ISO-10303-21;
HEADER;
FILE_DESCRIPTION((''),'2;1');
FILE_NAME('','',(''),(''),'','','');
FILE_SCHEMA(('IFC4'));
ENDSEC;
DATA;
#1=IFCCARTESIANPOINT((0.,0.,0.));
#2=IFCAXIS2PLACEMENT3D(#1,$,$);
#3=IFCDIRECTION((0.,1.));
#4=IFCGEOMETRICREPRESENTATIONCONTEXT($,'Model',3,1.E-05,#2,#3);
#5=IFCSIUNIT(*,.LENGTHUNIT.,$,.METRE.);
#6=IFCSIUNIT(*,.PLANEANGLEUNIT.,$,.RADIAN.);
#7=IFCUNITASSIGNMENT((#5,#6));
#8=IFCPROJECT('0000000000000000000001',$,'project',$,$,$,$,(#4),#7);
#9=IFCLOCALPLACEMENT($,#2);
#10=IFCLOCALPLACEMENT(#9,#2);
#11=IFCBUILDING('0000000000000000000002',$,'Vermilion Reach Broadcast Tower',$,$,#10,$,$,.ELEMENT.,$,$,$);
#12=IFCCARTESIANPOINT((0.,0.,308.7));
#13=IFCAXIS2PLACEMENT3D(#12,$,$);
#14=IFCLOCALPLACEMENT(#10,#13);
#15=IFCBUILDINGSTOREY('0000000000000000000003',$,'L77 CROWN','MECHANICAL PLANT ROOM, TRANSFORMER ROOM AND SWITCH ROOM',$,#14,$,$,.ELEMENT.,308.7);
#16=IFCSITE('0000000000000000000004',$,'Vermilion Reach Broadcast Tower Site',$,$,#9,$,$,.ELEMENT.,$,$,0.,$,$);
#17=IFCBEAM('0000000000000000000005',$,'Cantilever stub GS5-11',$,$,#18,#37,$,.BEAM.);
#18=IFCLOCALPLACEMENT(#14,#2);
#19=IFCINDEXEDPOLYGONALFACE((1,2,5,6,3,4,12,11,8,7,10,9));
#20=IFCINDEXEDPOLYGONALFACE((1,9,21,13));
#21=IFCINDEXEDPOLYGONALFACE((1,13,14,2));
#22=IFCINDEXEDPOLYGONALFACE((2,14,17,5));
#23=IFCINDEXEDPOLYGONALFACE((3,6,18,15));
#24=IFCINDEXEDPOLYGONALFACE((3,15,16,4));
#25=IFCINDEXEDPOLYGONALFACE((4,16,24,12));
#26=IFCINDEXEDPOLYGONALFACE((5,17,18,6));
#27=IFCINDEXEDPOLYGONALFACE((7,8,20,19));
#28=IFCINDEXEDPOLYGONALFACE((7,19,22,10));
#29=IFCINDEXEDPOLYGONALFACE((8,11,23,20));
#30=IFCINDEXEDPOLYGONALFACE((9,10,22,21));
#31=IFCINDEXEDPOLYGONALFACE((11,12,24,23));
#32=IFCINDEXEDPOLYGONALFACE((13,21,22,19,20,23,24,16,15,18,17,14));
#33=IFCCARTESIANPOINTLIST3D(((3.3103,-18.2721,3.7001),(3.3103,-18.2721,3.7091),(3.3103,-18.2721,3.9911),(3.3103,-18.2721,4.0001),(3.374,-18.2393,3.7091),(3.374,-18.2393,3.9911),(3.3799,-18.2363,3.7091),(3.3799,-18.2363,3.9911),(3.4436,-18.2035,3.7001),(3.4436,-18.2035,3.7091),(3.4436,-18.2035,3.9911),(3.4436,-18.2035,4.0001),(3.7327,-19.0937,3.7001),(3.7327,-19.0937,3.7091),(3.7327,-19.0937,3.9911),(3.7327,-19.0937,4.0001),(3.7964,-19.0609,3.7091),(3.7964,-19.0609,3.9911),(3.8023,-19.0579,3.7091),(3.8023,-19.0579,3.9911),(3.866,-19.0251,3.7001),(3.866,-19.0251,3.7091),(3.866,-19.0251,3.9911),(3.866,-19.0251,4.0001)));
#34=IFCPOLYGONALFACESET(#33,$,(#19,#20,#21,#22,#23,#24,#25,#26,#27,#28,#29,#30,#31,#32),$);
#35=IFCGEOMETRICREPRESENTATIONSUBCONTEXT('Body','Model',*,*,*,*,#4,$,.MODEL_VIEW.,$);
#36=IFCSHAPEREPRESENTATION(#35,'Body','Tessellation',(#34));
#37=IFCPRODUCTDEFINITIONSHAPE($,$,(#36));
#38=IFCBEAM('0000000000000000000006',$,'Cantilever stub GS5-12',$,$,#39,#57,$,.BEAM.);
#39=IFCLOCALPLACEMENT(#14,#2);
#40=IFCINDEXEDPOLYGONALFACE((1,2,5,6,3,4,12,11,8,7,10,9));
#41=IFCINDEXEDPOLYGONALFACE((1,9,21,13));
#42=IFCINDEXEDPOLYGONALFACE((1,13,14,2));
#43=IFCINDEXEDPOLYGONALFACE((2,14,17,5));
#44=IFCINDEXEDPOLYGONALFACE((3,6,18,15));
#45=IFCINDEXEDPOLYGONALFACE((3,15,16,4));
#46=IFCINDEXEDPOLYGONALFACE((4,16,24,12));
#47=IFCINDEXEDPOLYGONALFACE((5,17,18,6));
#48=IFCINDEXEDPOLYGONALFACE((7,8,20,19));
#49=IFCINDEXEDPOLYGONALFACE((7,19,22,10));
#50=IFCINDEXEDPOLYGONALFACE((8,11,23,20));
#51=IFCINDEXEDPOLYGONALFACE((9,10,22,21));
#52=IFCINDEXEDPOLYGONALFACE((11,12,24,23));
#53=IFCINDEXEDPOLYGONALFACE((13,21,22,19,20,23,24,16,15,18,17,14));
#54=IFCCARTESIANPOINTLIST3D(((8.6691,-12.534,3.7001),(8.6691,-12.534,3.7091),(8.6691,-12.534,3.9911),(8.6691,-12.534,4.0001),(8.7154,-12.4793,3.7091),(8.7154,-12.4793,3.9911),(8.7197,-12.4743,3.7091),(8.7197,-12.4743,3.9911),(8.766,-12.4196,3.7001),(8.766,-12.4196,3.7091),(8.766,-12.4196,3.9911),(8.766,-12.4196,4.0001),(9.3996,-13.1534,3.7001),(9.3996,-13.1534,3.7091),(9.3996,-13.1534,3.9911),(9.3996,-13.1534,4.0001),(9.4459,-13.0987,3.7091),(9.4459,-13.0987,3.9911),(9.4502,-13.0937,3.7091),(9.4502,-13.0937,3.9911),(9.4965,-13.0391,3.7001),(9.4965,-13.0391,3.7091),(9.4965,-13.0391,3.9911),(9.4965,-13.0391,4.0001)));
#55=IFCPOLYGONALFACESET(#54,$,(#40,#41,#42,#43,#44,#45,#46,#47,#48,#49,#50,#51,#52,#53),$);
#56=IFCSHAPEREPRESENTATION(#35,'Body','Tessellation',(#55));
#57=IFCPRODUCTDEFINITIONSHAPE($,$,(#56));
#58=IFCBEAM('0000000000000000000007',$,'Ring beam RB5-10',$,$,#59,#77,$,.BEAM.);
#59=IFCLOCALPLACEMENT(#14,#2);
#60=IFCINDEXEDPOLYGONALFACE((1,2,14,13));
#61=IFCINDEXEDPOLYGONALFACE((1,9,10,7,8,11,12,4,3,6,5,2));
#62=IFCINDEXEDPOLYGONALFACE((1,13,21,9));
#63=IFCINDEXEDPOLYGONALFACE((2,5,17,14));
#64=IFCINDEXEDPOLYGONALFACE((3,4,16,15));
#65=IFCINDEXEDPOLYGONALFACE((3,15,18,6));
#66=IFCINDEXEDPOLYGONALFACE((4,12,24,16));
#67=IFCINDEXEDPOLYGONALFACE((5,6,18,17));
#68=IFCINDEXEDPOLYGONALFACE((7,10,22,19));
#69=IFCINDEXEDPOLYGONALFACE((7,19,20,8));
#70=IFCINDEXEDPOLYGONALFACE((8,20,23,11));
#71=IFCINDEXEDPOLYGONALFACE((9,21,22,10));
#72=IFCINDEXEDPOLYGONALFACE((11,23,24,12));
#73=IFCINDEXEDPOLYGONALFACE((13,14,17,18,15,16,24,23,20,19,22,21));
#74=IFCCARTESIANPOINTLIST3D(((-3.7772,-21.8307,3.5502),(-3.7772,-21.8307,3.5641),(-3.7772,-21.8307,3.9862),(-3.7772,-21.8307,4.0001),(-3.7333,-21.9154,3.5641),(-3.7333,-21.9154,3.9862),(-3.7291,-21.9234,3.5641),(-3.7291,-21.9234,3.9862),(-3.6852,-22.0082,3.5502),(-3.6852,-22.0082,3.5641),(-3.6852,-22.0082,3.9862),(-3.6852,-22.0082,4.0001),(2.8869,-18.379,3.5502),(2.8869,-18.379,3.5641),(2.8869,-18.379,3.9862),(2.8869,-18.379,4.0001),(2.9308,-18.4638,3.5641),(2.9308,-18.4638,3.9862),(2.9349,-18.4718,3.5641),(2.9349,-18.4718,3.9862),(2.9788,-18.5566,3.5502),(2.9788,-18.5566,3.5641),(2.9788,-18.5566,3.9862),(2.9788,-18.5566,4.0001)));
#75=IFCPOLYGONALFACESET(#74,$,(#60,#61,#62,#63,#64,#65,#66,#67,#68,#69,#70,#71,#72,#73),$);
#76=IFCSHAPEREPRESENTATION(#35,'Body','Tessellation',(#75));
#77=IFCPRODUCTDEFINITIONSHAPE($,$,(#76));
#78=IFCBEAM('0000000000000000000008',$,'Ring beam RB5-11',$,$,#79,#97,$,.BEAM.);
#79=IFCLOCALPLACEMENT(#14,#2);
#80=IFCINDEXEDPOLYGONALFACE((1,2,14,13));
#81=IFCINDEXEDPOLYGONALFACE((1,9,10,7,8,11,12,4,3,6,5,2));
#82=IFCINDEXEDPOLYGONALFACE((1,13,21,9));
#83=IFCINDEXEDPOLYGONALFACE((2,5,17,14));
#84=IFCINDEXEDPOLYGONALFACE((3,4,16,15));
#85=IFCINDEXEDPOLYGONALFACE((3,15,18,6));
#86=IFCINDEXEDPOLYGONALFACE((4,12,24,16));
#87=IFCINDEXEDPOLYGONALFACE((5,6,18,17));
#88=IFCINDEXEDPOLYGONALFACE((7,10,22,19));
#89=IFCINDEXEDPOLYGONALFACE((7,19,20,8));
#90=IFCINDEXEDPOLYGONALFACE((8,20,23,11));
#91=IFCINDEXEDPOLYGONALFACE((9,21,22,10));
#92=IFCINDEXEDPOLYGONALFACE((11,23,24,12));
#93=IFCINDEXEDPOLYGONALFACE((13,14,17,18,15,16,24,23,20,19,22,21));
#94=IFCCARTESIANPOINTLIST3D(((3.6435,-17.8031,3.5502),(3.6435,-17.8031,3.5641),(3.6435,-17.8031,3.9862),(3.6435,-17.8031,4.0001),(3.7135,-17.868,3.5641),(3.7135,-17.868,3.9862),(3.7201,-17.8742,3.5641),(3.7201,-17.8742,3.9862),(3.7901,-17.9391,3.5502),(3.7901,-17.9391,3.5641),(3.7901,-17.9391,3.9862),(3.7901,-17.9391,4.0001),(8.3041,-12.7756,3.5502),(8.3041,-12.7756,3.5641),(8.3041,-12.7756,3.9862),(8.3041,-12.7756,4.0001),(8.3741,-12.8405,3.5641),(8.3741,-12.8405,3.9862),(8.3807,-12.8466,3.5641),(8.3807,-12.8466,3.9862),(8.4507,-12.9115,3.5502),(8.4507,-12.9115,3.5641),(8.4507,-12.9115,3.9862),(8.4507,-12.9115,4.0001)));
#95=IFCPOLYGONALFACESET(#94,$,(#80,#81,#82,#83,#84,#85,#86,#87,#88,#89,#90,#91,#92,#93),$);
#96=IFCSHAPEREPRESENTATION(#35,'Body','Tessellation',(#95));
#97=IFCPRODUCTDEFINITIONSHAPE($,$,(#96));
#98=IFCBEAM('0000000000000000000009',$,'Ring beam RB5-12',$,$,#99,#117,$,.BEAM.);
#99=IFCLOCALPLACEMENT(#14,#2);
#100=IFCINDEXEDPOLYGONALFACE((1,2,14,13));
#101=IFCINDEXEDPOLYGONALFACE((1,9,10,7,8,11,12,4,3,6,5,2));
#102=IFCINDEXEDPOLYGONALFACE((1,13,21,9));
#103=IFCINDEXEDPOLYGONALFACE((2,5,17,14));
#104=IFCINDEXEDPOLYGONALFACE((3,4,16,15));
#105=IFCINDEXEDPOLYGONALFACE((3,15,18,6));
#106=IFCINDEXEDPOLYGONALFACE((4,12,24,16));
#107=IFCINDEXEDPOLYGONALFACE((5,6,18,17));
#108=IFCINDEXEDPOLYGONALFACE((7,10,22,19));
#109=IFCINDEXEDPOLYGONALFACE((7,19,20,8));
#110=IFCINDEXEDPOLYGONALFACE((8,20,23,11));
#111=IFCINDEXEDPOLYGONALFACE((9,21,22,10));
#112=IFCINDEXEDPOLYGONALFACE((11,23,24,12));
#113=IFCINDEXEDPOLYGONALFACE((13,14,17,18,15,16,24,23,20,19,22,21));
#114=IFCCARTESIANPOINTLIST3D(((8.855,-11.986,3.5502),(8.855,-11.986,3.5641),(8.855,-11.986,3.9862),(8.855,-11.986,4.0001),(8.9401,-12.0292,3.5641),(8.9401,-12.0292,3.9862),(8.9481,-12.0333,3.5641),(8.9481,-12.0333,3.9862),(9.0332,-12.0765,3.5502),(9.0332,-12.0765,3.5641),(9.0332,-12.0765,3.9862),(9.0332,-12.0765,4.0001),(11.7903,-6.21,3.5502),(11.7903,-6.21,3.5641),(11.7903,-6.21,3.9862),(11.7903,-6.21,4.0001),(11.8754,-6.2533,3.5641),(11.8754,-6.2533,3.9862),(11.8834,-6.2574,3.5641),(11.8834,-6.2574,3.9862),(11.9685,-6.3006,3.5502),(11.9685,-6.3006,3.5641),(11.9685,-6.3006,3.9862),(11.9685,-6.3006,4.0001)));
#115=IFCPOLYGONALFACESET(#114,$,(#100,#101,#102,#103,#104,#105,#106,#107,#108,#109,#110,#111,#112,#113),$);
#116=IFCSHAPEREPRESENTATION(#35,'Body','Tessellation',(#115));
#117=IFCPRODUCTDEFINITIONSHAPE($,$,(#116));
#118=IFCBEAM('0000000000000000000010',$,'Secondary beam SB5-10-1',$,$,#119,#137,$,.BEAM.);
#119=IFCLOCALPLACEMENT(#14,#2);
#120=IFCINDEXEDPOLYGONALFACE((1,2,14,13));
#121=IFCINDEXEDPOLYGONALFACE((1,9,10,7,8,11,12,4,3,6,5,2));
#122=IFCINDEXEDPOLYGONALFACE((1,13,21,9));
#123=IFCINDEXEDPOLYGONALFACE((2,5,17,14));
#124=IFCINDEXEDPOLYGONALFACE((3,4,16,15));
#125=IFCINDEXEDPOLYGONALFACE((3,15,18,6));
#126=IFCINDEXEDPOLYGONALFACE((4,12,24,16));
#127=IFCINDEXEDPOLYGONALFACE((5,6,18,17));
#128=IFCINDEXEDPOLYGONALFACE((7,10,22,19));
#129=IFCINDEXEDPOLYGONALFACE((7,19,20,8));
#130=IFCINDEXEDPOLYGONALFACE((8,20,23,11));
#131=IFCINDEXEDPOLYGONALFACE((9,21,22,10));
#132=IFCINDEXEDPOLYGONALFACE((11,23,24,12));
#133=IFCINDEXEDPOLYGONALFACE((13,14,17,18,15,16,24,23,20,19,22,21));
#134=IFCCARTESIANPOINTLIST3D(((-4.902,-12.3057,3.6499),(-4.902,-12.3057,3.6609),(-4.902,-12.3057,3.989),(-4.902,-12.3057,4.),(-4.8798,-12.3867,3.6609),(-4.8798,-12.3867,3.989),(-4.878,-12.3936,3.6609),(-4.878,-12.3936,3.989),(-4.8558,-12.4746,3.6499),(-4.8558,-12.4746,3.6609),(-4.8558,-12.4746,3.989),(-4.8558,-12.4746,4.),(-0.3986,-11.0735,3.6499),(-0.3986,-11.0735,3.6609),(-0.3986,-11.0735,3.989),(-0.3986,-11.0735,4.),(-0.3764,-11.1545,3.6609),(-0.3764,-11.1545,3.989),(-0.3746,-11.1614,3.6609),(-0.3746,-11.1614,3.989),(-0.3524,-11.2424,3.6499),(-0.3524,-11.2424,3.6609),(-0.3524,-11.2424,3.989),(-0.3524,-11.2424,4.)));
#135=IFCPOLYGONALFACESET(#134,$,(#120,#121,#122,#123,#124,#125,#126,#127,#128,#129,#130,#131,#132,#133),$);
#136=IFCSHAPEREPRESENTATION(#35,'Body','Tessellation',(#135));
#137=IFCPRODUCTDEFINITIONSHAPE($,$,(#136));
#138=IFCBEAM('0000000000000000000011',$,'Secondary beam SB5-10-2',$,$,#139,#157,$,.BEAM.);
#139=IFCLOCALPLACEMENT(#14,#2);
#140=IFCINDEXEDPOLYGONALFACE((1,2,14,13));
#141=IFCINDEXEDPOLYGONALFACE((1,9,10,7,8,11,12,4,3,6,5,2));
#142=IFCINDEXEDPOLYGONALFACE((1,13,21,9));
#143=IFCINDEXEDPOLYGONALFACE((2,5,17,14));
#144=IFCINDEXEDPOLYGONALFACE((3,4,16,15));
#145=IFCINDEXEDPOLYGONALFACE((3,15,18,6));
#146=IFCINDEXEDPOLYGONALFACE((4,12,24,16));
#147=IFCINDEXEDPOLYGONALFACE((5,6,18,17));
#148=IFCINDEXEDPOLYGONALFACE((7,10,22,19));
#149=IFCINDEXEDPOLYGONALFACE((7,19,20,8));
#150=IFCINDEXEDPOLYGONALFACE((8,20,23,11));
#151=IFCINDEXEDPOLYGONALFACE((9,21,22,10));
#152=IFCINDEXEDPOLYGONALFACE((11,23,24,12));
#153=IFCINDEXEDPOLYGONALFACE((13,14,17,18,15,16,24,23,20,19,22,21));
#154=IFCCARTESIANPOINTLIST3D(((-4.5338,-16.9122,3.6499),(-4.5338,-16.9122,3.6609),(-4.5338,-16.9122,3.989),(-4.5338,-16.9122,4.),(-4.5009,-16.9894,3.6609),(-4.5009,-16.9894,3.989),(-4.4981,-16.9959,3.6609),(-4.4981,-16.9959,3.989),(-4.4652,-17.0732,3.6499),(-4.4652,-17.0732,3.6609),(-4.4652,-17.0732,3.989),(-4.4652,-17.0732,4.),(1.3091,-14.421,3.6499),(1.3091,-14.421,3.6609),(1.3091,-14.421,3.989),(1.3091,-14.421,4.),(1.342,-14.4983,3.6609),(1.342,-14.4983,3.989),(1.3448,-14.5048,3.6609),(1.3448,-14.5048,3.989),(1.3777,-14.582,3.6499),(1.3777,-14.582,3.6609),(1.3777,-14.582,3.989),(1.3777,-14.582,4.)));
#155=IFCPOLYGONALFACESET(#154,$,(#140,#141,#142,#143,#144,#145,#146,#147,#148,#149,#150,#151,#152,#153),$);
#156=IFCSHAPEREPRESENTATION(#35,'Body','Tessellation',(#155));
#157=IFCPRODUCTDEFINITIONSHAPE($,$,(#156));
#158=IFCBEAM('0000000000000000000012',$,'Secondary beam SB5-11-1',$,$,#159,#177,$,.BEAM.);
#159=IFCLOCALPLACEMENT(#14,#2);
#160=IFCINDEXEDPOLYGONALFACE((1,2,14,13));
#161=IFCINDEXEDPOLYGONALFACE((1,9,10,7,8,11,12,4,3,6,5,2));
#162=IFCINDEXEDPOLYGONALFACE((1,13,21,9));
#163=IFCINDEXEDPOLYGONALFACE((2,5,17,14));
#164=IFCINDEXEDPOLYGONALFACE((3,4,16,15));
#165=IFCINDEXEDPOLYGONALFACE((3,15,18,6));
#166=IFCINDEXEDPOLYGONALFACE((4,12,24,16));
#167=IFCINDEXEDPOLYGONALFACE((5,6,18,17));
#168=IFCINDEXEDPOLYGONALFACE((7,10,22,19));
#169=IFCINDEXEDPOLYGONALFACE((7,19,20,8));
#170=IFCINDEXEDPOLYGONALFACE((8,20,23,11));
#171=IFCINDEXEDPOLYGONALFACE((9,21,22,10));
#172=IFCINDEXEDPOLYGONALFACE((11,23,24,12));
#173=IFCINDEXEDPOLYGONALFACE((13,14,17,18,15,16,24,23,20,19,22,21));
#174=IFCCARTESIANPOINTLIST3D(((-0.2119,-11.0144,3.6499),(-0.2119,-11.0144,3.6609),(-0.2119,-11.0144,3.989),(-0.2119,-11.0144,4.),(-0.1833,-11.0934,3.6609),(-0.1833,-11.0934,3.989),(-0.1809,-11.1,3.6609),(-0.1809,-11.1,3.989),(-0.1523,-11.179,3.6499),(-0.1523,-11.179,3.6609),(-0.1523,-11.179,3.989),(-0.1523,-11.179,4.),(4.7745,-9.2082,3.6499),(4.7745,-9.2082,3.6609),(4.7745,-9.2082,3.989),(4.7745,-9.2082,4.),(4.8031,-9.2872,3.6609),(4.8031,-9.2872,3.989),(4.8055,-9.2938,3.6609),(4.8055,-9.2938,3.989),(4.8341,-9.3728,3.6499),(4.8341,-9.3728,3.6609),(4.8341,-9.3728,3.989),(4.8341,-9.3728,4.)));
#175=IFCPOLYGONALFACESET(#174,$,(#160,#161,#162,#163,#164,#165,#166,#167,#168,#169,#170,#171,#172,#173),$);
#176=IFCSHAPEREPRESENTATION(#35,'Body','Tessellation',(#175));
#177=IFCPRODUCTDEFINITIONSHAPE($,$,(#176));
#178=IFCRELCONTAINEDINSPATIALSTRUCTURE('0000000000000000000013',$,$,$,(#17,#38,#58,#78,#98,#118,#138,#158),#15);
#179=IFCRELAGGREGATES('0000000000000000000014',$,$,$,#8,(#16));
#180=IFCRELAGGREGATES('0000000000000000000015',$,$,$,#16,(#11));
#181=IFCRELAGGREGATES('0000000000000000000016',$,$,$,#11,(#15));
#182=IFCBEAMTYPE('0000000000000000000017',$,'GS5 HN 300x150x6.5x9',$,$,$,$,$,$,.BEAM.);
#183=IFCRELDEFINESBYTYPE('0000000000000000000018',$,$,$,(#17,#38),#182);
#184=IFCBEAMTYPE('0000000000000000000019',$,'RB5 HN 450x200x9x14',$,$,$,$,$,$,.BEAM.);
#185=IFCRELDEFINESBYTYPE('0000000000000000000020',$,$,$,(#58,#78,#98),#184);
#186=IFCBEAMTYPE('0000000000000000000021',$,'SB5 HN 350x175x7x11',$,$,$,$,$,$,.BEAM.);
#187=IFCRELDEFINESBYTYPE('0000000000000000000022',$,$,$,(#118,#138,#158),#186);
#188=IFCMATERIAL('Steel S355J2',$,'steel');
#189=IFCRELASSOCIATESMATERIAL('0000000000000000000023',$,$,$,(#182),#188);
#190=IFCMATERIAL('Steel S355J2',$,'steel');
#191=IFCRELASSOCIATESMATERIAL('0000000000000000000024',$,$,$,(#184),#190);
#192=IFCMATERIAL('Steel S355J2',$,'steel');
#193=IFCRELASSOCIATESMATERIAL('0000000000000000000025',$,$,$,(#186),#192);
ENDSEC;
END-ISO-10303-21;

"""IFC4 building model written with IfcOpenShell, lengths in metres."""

from ifc_helpers import new_model, si_unit, direction, frame, origin, origin_2d, place, context, subcontext, project, spatial, i_section, extrude, material, material_profile, profile_set, type_object, element, save


model = new_model("IFC4")

# Units and contexts
model_context = context("Model", 3, precision=1e-05, world=origin(), true_north=direction((0.0, 1.0)))
body_context = subcontext(model_context, "Body", "Model", "MODEL_VIEW")
ifc_project = project(units=[si_unit("LENGTHUNIT", "METRE"), si_unit("PLANEANGLEUNIT", "RADIAN")], contexts=[model_context])

# Site, building, storey
site_placement = place(None, origin())
site = spatial("IfcSite", under=ifc_project, at=site_placement, Name="Vermilion Reach Broadcast Tower Site", CompositionType="ELEMENT", RefElevation=0.0)
building_placement = place(site_placement, origin())
building = spatial("IfcBuilding", under=site, at=building_placement, Name="Vermilion Reach Broadcast Tower", CompositionType="ELEMENT")
storey_placement = place(building_placement, frame((0.0, 0.0, 308.7)))
storey = spatial("IfcBuildingStorey", under=building, at=storey_placement, Name="L77 CROWN", Description="MECHANICAL PLANT ROOM, TRANSFORMER ROOM AND SWITCH ROOM", CompositionType="ELEMENT", Elevation=308.7)

# Beams
ifc_material_1 = material(Name="Steel S355J2", Category="steel")
ifc_material_profile_1 = material_profile(ifc_material_1, i_section(OverallWidth=0.1499, OverallDepth=0.3, WebThickness=0.0066, FlangeThickness=0.009, at=origin_2d()), Name="S355J2 HN 300x150x6.5x9")
ifc_profile_set_1 = profile_set([ifc_material_profile_1], Name="Steel S355J2")
beam_type_1 = type_object("IfcBeamType", Name="GS5 HN 300x150x6.5x9", PredefinedType="BEAM", material=ifc_profile_set_1)
beam_1_placement = place(storey_placement, frame((3.377, -18.2378, 3.8501), z_axis=(0.457229, -0.889349, 0.0), x_axis=(0.889349, 0.457229, 0.0)))
element("IfcBeam", 1, at=beam_1_placement, inside=storey, type_object=beam_type_1, Name="Cantilever stub GS5-11", PredefinedType="BEAM", context=body_context, shape_type="SweptSolid", body=[
    extrude(i_section(OverallWidth=0.1499, OverallDepth=0.3, WebThickness=0.0066, FlangeThickness=0.009, at=origin_2d()), origin(), (0.0, 0.0, 1.0), 0.9238),
])
beam_2_placement = place(storey_placement, frame((8.7175, -12.4768, 3.8501), z_axis=(0.762719, -0.64673, 0.0), x_axis=(0.64673, 0.762719, 0.0)))
element("IfcBeam", 2, at=beam_2_placement, inside=storey, type_object=beam_type_1, Name="Cantilever stub GS5-12", PredefinedType="BEAM", context=body_context, shape_type="SweptSolid", body=[
    extrude(i_section(OverallWidth=0.1499, OverallDepth=0.3, WebThickness=0.0066, FlangeThickness=0.009, at=origin_2d()), origin(), (0.0, 0.0, 1.0), 0.9578),
])
ifc_material_2 = material(Name="Steel S355J2", Category="steel")
ifc_material_profile_2 = material_profile(ifc_material_2, i_section(OverallWidth=0.2, OverallDepth=0.45, WebThickness=0.009, FlangeThickness=0.0139, at=origin_2d()), Name="S355J2 HN 450x200x9x14")
ifc_profile_set_2 = profile_set([ifc_material_profile_2], Name="Steel S355J2")
beam_type_2 = type_object("IfcBeamType", Name="RB5 HN 450x200x9x14", PredefinedType="BEAM", material=ifc_profile_set_2)
beam_3_placement = place(storey_placement, frame((-3.7312, -21.9194, 3.7751), z_axis=(0.88796, 0.45992, 0.0), x_axis=(-0.45992, 0.88796, 0.0)))
element("IfcBeam", 3, at=beam_3_placement, inside=storey, type_object=beam_type_2, Name="Ring beam RB5-10", PredefinedType="BEAM", context=body_context, shape_type="SweptSolid", body=[
    extrude(i_section(OverallWidth=0.2, OverallDepth=0.45, WebThickness=0.009, FlangeThickness=0.0139, at=origin_2d()), origin(), (0.0, 0.0, 1.0), 7.5049),
])
beam_4_placement = place(storey_placement, frame((3.7168, -17.8711, 3.7751), z_axis=(0.679838, 0.733363, 0.0), x_axis=(-0.733363, 0.679838, 0.0)))
element("IfcBeam", 4, at=beam_4_placement, inside=storey, type_object=beam_type_2, Name="Ring beam RB5-11", PredefinedType="BEAM", context=body_context, shape_type="SweptSolid", body=[
    extrude(i_section(OverallWidth=0.2, OverallDepth=0.45, WebThickness=0.009, FlangeThickness=0.0139, at=origin_2d()), origin(), (0.0, 0.0, 1.0), 6.8555),
])
beam_5_placement = place(storey_placement, frame((8.9441, -12.0312, 3.7751), z_axis=(0.453052, 0.891484, 0.0), x_axis=(-0.891484, 0.453052, 0.0)))
element("IfcBeam", 5, at=beam_5_placement, inside=storey, type_object=beam_type_2, Name="Ring beam RB5-12", PredefinedType="BEAM", context=body_context, shape_type="SweptSolid", body=[
    extrude(i_section(OverallWidth=0.2, OverallDepth=0.45, WebThickness=0.009, FlangeThickness=0.0139, at=origin_2d()), origin(), (0.0, 0.0, 1.0), 6.479),
])
ifc_material_3 = material(Name="Steel S355J2", Category="steel")
ifc_material_profile_3 = material_profile(ifc_material_3, i_section(OverallWidth=0.175, OverallDepth=0.3501, WebThickness=0.0071, FlangeThickness=0.011, at=origin_2d()), Name="S355J2 HN 350x175x7x11")
ifc_profile_set_3 = profile_set([ifc_material_profile_3], Name="Steel S355J2")
beam_type_3 = type_object("IfcBeamType", Name="SB5 HN 350x175x7x11", PredefinedType="BEAM", material=ifc_profile_set_3)
beam_6_placement = place(storey_placement, frame((-4.8789, -12.3901, 3.825), z_axis=(0.964547, 0.263909, 0.0), x_axis=(-0.263909, 0.964547, 0.0)))
element("IfcBeam", 6, at=beam_6_placement, inside=storey, type_object=beam_type_3, Name="Secondary beam SB5-10-1", PredefinedType="BEAM", context=body_context, shape_type="SweptSolid", body=[
    extrude(i_section(OverallWidth=0.175, OverallDepth=0.3501, WebThickness=0.0071, FlangeThickness=0.011, at=origin_2d()), origin(), (0.0, 0.0, 1.0), 4.6689),
])
beam_7_placement = place(storey_placement, frame((-4.4995, -16.9927, 3.825), z_axis=(0.919881, 0.392198, 0.0), x_axis=(-0.392198, 0.919881, 0.0)))
element("IfcBeam", 7, at=beam_7_placement, inside=storey, type_object=beam_type_3, Name="Secondary beam SB5-10-2", PredefinedType="BEAM", context=body_context, shape_type="SweptSolid", body=[
    extrude(i_section(OverallWidth=0.175, OverallDepth=0.3501, WebThickness=0.0071, FlangeThickness=0.011, at=origin_2d()), origin(), (0.0, 0.0, 1.0), 6.3518),
])
beam_8_placement = place(storey_placement, frame((-0.1821, -11.0967, 3.825), z_axis=(0.94022, 0.340567, 0.0), x_axis=(-0.340567, 0.94022, 0.0)))
element("IfcBeam", 8, at=beam_8_placement, inside=storey, type_object=beam_type_3, Name="Secondary beam SB5-11-1", PredefinedType="BEAM", context=body_context, shape_type="SweptSolid", body=[
    extrude(i_section(OverallWidth=0.175, OverallDepth=0.3501, WebThickness=0.0071, FlangeThickness=0.011, at=origin_2d()), origin(), (0.0, 0.0, 1.0), 5.3035),
])

save(model, "model.ifc")
